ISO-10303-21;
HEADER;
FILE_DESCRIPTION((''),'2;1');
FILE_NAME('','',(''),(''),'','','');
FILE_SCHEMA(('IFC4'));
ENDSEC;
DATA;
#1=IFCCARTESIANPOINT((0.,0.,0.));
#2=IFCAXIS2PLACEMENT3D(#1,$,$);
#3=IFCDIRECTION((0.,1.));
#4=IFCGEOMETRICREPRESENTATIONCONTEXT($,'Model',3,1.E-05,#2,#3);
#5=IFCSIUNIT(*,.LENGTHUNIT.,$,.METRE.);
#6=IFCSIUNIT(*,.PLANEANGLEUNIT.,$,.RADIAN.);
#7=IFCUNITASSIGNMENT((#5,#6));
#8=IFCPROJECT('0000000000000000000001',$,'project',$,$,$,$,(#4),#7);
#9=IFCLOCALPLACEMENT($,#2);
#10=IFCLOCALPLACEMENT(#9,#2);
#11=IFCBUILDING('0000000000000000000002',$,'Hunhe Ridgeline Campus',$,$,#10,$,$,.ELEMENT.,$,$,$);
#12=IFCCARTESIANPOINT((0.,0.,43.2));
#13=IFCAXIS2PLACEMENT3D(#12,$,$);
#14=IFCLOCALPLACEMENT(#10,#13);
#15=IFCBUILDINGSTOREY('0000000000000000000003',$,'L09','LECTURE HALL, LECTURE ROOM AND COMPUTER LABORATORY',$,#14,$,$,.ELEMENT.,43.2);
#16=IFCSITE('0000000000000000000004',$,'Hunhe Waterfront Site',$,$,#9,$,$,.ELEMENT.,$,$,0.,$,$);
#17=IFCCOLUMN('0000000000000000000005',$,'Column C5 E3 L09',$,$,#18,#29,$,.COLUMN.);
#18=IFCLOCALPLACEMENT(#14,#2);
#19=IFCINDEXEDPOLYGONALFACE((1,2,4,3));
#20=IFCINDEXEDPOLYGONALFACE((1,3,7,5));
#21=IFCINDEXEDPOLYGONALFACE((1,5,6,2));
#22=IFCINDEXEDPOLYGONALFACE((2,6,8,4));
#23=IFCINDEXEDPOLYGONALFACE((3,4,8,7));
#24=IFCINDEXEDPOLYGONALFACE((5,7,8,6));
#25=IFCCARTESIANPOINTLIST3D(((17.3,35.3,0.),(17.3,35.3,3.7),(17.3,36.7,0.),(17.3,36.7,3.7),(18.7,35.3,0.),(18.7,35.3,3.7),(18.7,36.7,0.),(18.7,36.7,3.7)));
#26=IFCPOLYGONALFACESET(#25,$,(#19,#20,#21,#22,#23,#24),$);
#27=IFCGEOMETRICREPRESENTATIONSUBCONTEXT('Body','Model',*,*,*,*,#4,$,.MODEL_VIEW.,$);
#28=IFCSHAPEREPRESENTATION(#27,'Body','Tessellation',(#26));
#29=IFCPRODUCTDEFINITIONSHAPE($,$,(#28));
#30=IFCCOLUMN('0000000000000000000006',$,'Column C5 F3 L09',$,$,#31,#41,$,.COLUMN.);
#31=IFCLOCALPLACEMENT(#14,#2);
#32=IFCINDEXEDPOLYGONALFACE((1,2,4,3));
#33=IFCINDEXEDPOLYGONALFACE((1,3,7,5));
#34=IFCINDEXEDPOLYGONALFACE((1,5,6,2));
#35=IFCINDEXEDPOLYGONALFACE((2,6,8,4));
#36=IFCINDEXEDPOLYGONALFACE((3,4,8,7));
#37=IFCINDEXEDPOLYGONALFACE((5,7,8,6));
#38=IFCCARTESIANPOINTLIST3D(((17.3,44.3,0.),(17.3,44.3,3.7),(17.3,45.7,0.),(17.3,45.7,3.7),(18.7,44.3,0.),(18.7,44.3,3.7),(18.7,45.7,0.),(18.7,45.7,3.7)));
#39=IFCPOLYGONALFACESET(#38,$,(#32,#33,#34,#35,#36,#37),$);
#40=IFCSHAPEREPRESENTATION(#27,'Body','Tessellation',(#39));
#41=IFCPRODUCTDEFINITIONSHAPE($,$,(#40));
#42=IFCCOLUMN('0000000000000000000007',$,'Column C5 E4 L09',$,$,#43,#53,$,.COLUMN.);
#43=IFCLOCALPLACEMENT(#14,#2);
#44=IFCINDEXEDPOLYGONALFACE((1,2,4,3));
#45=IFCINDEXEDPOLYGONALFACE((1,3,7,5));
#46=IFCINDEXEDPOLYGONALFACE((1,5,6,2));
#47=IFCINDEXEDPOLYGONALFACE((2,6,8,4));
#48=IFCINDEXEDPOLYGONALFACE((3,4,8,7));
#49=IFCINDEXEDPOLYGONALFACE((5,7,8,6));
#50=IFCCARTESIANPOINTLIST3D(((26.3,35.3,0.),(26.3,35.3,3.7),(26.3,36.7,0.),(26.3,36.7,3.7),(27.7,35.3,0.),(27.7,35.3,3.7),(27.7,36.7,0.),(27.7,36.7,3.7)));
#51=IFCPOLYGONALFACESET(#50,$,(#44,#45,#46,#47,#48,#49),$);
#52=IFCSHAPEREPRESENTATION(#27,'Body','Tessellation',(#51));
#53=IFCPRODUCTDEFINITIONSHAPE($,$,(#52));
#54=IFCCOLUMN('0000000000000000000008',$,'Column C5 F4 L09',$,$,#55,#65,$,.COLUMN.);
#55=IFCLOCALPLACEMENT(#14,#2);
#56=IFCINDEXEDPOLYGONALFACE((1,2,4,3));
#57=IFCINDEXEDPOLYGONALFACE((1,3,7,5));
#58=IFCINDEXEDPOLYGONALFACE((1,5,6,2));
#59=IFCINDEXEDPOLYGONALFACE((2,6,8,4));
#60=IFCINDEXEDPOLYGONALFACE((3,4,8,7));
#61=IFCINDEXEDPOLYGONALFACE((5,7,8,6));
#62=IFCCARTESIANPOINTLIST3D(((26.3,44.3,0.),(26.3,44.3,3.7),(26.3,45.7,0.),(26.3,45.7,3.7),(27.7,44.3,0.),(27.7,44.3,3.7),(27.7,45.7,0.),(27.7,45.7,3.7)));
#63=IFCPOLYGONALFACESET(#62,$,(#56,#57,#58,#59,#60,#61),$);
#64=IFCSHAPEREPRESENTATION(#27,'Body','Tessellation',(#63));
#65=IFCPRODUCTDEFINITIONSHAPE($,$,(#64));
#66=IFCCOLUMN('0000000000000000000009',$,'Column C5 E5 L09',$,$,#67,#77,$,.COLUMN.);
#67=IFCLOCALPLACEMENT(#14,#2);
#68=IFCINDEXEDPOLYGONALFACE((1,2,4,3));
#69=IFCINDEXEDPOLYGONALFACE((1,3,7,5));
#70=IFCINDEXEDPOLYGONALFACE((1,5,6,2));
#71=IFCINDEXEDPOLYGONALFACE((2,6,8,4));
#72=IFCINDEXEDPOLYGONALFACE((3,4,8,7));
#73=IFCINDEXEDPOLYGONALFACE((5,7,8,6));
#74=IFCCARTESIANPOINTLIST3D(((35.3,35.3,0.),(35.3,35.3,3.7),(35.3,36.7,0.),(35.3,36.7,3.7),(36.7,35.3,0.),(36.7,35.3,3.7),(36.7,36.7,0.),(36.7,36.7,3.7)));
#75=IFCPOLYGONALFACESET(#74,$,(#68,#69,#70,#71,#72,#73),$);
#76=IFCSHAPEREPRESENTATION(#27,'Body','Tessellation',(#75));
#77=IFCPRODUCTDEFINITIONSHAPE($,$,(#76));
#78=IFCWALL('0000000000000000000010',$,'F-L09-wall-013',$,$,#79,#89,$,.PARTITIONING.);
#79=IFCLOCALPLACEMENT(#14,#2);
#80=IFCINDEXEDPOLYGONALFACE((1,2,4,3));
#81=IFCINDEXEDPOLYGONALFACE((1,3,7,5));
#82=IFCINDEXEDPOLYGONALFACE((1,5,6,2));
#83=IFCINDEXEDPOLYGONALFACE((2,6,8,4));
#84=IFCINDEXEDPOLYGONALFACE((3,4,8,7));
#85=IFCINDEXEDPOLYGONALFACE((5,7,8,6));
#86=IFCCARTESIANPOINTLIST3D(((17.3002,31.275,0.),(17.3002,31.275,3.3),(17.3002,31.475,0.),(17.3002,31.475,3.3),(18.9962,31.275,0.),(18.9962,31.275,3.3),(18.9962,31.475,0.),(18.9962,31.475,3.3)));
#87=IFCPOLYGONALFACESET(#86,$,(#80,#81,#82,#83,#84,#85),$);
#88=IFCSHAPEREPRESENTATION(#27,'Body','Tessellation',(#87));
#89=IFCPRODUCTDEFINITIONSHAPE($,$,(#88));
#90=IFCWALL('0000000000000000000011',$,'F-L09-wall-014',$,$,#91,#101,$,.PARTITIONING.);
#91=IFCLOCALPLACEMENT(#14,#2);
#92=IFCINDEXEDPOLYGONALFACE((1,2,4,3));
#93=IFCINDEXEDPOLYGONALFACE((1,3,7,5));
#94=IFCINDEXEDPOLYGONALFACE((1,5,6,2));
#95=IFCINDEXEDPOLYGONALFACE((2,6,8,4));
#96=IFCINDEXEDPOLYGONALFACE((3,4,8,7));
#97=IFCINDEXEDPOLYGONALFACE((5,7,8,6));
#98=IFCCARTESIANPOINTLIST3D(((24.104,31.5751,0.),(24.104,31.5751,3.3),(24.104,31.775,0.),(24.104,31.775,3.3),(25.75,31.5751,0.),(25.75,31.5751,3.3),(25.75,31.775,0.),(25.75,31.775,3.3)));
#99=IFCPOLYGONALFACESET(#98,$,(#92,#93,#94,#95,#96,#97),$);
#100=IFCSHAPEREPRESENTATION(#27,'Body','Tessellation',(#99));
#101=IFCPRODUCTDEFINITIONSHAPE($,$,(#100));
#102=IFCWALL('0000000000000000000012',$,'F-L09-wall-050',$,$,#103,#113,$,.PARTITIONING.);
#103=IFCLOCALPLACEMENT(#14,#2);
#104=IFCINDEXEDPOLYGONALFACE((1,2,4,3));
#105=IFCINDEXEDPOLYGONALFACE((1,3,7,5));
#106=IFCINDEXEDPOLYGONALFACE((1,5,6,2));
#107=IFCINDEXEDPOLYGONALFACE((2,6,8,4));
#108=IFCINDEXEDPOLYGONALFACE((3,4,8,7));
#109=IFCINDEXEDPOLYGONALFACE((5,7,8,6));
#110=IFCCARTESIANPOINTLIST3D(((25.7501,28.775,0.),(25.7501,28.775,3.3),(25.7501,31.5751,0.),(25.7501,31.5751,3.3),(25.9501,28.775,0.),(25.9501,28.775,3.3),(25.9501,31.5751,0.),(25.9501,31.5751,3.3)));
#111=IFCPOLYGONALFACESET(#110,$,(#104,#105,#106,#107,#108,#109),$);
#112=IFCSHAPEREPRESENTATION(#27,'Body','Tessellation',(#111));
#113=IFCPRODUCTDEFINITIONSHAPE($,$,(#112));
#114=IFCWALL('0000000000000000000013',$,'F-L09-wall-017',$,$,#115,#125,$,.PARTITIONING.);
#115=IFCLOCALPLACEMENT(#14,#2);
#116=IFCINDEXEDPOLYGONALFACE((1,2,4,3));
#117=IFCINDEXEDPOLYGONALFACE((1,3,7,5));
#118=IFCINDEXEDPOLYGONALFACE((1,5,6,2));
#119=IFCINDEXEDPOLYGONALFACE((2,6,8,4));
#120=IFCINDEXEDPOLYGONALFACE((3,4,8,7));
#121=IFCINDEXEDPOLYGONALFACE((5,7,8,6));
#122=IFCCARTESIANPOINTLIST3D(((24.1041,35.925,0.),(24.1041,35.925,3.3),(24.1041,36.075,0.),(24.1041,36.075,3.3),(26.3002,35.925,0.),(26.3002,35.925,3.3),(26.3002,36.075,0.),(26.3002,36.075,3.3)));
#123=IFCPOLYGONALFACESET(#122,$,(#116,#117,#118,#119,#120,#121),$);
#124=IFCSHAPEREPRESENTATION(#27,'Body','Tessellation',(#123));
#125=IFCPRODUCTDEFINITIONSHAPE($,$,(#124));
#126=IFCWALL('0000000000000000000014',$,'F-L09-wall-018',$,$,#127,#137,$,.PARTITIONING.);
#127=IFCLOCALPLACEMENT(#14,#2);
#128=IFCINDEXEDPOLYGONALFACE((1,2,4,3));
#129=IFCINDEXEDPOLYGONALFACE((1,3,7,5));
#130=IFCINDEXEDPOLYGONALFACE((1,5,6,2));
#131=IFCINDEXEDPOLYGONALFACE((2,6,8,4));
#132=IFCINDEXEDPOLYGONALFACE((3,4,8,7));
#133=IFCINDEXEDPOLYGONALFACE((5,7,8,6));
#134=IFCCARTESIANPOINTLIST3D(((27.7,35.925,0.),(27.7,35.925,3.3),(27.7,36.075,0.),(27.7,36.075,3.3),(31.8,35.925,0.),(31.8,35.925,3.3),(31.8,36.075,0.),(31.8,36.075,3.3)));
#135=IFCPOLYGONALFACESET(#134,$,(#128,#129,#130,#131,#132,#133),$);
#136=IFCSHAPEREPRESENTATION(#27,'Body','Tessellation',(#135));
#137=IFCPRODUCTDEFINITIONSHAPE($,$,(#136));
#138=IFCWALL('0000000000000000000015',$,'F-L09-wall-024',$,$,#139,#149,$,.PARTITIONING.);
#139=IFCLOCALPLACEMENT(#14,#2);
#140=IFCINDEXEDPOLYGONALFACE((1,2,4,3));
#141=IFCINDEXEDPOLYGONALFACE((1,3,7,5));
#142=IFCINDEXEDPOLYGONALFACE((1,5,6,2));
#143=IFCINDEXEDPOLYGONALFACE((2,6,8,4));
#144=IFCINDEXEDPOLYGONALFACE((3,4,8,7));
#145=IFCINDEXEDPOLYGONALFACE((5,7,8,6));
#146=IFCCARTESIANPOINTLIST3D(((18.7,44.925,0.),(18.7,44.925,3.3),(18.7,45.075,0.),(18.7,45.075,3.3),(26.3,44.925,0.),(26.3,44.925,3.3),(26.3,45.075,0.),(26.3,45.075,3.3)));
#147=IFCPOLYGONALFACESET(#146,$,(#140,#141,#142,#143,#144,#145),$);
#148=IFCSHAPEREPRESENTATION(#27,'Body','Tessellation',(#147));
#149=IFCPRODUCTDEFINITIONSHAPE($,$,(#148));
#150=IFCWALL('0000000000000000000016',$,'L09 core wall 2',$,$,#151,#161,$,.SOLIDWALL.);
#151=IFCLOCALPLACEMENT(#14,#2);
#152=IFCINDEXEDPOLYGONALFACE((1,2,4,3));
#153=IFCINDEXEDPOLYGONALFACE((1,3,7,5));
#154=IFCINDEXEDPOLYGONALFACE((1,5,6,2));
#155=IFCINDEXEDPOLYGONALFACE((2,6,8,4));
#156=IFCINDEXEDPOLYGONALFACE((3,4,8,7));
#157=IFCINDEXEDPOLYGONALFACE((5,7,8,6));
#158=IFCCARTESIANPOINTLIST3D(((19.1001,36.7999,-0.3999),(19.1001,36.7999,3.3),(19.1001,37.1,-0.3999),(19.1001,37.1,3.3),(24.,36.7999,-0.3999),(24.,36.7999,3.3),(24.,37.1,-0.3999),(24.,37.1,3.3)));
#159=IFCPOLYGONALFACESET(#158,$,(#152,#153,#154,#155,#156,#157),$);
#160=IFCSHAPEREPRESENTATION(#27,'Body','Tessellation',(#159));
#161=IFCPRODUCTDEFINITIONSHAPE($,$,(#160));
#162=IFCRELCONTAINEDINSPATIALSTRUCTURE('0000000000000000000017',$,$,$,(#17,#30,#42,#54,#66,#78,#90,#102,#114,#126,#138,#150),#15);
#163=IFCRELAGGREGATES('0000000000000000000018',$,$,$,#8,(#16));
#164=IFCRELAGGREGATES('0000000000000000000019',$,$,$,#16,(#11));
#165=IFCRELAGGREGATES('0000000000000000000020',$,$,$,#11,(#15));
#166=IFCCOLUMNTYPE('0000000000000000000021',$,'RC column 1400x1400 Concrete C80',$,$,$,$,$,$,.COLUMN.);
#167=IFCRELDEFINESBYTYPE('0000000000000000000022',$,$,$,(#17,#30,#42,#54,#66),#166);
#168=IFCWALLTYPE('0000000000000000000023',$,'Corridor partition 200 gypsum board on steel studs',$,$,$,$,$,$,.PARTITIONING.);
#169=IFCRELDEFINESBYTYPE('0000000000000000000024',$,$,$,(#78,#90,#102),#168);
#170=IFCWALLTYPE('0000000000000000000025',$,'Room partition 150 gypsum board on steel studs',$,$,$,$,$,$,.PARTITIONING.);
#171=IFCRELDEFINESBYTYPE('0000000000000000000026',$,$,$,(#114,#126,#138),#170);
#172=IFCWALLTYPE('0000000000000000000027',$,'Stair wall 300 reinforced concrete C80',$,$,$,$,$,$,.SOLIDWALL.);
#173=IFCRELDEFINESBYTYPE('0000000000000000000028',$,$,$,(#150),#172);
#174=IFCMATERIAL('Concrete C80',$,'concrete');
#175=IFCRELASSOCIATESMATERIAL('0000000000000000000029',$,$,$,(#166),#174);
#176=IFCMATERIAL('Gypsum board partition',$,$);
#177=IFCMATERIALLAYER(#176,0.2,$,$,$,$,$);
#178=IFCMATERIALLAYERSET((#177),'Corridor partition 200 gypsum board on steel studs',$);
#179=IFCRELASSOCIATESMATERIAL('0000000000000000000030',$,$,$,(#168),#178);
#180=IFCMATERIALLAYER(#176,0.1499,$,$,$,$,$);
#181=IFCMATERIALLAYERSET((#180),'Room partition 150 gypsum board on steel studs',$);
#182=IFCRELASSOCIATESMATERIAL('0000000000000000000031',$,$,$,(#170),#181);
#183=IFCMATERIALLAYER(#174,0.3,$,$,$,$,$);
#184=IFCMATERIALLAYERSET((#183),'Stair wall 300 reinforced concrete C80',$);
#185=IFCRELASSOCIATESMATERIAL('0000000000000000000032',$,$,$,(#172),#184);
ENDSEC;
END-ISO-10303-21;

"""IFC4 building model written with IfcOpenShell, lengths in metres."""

from ifc_helpers import new_model, si_unit, direction, frame, frame_2d, origin, origin_2d, place, context, subcontext, project, spatial, rectangle, extrude, material, layer, layer_set, material_profile, profile_set, type_object, element, save


model = new_model("IFC4")

# Units and contexts
model_context = context("Model", 3, precision=1e-05, world=origin(), true_north=direction((0.0, 1.0)))
body_context = subcontext(model_context, "Body", "Model", "MODEL_VIEW")
ifc_project = project(units=[si_unit("LENGTHUNIT", "METRE"), si_unit("PLANEANGLEUNIT", "RADIAN")], contexts=[model_context])

# Site, building, storey
site_placement = place(None, origin())
site = spatial("IfcSite", under=ifc_project, at=site_placement, Name="Hunhe Waterfront Site", CompositionType="ELEMENT", RefElevation=0.0)
building_placement = place(site_placement, origin())
building = spatial("IfcBuilding", under=site, at=building_placement, Name="Hunhe Ridgeline Campus", CompositionType="ELEMENT")
storey_placement = place(building_placement, frame((0.0, 0.0, 43.2)))
storey = spatial("IfcBuildingStorey", under=building, at=storey_placement, Name="L09", Description="LECTURE HALL, LECTURE ROOM AND COMPUTER LABORATORY", CompositionType="ELEMENT", Elevation=43.2)

# Columns
ifc_material_1 = material(Name="Concrete C80", Category="concrete")
ifc_material_profile = material_profile(ifc_material_1, rectangle(XDim=1.3999, YDim=1.3999, at=origin_2d()))
ifc_profile_set = profile_set([ifc_material_profile], Name="Concrete C80")
column_type = type_object("IfcColumnType", Name="RC column 1400x1400 Concrete C80", PredefinedType="COLUMN", material=ifc_profile_set)
for number, where, z_axis, x_axis, name in (
    (1, (18.0, 36.0, 0.0), (0.0, 0.0, 1.0), (1.0, 0.0, 0.0), "Column C5 E3 L09"),
    (2, (18.0, 45.0, 0.0), (0.0, 0.0, 1.0), (1.0, 0.0, 0.0), "Column C5 F3 L09"),
    (3, (27.0, 36.0, 0.0), (0.0, 0.0, 1.0), (1.0, 0.0, 0.0), "Column C5 E4 L09"),
    (4, (27.0, 45.0, 0.0), (0.0, 0.0, 1.0), (1.0, 0.0, 0.0), "Column C5 F4 L09"),
    (5, (36.0, 36.0, 0.0), (0.0, 0.0, 1.0), (1.0, 0.0, 0.0), "Column C5 E5 L09"),
):
    element("IfcColumn", number, at=place(storey_placement, frame(where, z_axis=z_axis, x_axis=x_axis)), inside=storey, type_object=column_type, Name=name, PredefinedType="COLUMN", context=body_context, shape_type="SweptSolid", body=[
        extrude(rectangle(XDim=1.3999, YDim=1.3999, at=origin_2d()), origin(), (0.0, 0.0, 1.0), 3.7),
    ])

# Walls
ifc_material_2 = material(Name="Gypsum board partition")
ifc_layer_1 = layer(ifc_material_2, 0.2)
ifc_layer_set_1 = layer_set([ifc_layer_1], Name="Corridor partition 200 gypsum board on steel studs")
wall_type_1 = type_object("IfcWallType", Name="Corridor partition 200 gypsum board on steel studs", PredefinedType="PARTITIONING", material=ifc_layer_set_1)
wall_1_placement = place(storey_placement, frame((17.3, 31.375, 0.0), z_axis=(0.0, 0.0, 1.0), x_axis=(1.0, 0.0, 0.0)))
element("IfcWall", 6, at=wall_1_placement, inside=storey, type_object=wall_type_1, Name="F-L09-wall-013", PredefinedType="PARTITIONING", context=body_context, shape_type="SweptSolid", body=[
    extrude(rectangle(XDim=1.696, YDim=0.2, at=frame_2d((0.8481, 0.0))), origin(), (0.0, 0.0, 1.0), 3.3),
])
wall_2_placement = place(storey_placement, frame((24.104, 31.675, 0.0), z_axis=(0.0, 0.0, 1.0), x_axis=(1.0, 0.0, 0.0)))
element("IfcWall", 7, at=wall_2_placement, inside=storey, type_object=wall_type_1, Name="F-L09-wall-014", PredefinedType="PARTITIONING", context=body_context, shape_type="SweptSolid", body=[
    extrude(rectangle(XDim=1.646, YDim=0.2, at=frame_2d((0.823, 0.0))), origin(), (0.0, 0.0, 1.0), 3.3),
])

# Walls
wall_3_placement = place(storey_placement, frame((25.8501, 31.575, 0.0), z_axis=(0.0, 0.0, 1.0), x_axis=(0.0, -1.0, 0.0)))
element("IfcWall", 8, at=wall_3_placement, inside=storey, type_object=wall_type_1, Name="F-L09-wall-050", PredefinedType="PARTITIONING", context=body_context, shape_type="SweptSolid", body=[
    extrude(rectangle(XDim=2.8, YDim=0.2, at=frame_2d((1.3999, 0.0))), origin(), (0.0, 0.0, 1.0), 3.3),
])
ifc_layer_2 = layer(ifc_material_2, 0.1499)
ifc_layer_set_2 = layer_set([ifc_layer_2], Name="Room partition 150 gypsum board on steel studs")
wall_type_2 = type_object("IfcWallType", Name="Room partition 150 gypsum board on steel studs", PredefinedType="PARTITIONING", material=ifc_layer_set_2)
wall_4_placement = place(storey_placement, frame((24.104, 36.0, 0.0), z_axis=(0.0, 0.0, 1.0), x_axis=(1.0, 0.0, 0.0)))
element("IfcWall", 9, at=wall_4_placement, inside=storey, type_object=wall_type_2, Name="F-L09-wall-017", PredefinedType="PARTITIONING", context=body_context, shape_type="SweptSolid", body=[
    extrude(rectangle(XDim=2.196, YDim=0.1499, at=frame_2d((1.0981, 0.0))), origin(), (0.0, 0.0, 1.0), 3.3),
])
wall_5_placement = place(storey_placement, frame((27.7, 36.0, 0.0), z_axis=(0.0, 0.0, 1.0), x_axis=(1.0, 0.0, 0.0)))
element("IfcWall", 10, at=wall_5_placement, inside=storey, type_object=wall_type_2, Name="F-L09-wall-018", PredefinedType="PARTITIONING", context=body_context, shape_type="SweptSolid", body=[
    extrude(rectangle(XDim=4.1001, YDim=0.1499, at=frame_2d((2.05, 0.0))), origin(), (0.0, 0.0, 1.0), 3.3),
])
wall_6_placement = place(storey_placement, frame((18.7, 45.0, 0.0), z_axis=(0.0, 0.0, 1.0), x_axis=(1.0, 0.0, 0.0)))
element("IfcWall", 11, at=wall_6_placement, inside=storey, type_object=wall_type_2, Name="F-L09-wall-024", PredefinedType="PARTITIONING", context=body_context, shape_type="SweptSolid", body=[
    extrude(rectangle(XDim=7.6001, YDim=0.1499, at=frame_2d((3.8, 0.0))), origin(), (0.0, 0.0, 1.0), 3.3),
])
ifc_layer_3 = layer(ifc_material_1, 0.3)
ifc_layer_set_3 = layer_set([ifc_layer_3], Name="Stair wall 300 reinforced concrete C80")
wall_type_3 = type_object("IfcWallType", Name="Stair wall 300 reinforced concrete C80", PredefinedType="SOLIDWALL", material=ifc_layer_set_3)
wall_7_placement = place(storey_placement, frame((19.1001, 36.95, -0.3999), z_axis=(0.0, 0.0, 1.0), x_axis=(1.0, 0.0, 0.0)))
element("IfcWall", 12, at=wall_7_placement, inside=storey, type_object=wall_type_3, Name="L09 core wall 2", PredefinedType="SOLIDWALL", context=body_context, shape_type="SweptSolid", body=[
    extrude(rectangle(XDim=4.8999, YDim=0.3, at=frame_2d((2.45, 0.0))), origin(), (0.0, 0.0, 1.0), 3.7),
])

save(model, "model.ifc")
